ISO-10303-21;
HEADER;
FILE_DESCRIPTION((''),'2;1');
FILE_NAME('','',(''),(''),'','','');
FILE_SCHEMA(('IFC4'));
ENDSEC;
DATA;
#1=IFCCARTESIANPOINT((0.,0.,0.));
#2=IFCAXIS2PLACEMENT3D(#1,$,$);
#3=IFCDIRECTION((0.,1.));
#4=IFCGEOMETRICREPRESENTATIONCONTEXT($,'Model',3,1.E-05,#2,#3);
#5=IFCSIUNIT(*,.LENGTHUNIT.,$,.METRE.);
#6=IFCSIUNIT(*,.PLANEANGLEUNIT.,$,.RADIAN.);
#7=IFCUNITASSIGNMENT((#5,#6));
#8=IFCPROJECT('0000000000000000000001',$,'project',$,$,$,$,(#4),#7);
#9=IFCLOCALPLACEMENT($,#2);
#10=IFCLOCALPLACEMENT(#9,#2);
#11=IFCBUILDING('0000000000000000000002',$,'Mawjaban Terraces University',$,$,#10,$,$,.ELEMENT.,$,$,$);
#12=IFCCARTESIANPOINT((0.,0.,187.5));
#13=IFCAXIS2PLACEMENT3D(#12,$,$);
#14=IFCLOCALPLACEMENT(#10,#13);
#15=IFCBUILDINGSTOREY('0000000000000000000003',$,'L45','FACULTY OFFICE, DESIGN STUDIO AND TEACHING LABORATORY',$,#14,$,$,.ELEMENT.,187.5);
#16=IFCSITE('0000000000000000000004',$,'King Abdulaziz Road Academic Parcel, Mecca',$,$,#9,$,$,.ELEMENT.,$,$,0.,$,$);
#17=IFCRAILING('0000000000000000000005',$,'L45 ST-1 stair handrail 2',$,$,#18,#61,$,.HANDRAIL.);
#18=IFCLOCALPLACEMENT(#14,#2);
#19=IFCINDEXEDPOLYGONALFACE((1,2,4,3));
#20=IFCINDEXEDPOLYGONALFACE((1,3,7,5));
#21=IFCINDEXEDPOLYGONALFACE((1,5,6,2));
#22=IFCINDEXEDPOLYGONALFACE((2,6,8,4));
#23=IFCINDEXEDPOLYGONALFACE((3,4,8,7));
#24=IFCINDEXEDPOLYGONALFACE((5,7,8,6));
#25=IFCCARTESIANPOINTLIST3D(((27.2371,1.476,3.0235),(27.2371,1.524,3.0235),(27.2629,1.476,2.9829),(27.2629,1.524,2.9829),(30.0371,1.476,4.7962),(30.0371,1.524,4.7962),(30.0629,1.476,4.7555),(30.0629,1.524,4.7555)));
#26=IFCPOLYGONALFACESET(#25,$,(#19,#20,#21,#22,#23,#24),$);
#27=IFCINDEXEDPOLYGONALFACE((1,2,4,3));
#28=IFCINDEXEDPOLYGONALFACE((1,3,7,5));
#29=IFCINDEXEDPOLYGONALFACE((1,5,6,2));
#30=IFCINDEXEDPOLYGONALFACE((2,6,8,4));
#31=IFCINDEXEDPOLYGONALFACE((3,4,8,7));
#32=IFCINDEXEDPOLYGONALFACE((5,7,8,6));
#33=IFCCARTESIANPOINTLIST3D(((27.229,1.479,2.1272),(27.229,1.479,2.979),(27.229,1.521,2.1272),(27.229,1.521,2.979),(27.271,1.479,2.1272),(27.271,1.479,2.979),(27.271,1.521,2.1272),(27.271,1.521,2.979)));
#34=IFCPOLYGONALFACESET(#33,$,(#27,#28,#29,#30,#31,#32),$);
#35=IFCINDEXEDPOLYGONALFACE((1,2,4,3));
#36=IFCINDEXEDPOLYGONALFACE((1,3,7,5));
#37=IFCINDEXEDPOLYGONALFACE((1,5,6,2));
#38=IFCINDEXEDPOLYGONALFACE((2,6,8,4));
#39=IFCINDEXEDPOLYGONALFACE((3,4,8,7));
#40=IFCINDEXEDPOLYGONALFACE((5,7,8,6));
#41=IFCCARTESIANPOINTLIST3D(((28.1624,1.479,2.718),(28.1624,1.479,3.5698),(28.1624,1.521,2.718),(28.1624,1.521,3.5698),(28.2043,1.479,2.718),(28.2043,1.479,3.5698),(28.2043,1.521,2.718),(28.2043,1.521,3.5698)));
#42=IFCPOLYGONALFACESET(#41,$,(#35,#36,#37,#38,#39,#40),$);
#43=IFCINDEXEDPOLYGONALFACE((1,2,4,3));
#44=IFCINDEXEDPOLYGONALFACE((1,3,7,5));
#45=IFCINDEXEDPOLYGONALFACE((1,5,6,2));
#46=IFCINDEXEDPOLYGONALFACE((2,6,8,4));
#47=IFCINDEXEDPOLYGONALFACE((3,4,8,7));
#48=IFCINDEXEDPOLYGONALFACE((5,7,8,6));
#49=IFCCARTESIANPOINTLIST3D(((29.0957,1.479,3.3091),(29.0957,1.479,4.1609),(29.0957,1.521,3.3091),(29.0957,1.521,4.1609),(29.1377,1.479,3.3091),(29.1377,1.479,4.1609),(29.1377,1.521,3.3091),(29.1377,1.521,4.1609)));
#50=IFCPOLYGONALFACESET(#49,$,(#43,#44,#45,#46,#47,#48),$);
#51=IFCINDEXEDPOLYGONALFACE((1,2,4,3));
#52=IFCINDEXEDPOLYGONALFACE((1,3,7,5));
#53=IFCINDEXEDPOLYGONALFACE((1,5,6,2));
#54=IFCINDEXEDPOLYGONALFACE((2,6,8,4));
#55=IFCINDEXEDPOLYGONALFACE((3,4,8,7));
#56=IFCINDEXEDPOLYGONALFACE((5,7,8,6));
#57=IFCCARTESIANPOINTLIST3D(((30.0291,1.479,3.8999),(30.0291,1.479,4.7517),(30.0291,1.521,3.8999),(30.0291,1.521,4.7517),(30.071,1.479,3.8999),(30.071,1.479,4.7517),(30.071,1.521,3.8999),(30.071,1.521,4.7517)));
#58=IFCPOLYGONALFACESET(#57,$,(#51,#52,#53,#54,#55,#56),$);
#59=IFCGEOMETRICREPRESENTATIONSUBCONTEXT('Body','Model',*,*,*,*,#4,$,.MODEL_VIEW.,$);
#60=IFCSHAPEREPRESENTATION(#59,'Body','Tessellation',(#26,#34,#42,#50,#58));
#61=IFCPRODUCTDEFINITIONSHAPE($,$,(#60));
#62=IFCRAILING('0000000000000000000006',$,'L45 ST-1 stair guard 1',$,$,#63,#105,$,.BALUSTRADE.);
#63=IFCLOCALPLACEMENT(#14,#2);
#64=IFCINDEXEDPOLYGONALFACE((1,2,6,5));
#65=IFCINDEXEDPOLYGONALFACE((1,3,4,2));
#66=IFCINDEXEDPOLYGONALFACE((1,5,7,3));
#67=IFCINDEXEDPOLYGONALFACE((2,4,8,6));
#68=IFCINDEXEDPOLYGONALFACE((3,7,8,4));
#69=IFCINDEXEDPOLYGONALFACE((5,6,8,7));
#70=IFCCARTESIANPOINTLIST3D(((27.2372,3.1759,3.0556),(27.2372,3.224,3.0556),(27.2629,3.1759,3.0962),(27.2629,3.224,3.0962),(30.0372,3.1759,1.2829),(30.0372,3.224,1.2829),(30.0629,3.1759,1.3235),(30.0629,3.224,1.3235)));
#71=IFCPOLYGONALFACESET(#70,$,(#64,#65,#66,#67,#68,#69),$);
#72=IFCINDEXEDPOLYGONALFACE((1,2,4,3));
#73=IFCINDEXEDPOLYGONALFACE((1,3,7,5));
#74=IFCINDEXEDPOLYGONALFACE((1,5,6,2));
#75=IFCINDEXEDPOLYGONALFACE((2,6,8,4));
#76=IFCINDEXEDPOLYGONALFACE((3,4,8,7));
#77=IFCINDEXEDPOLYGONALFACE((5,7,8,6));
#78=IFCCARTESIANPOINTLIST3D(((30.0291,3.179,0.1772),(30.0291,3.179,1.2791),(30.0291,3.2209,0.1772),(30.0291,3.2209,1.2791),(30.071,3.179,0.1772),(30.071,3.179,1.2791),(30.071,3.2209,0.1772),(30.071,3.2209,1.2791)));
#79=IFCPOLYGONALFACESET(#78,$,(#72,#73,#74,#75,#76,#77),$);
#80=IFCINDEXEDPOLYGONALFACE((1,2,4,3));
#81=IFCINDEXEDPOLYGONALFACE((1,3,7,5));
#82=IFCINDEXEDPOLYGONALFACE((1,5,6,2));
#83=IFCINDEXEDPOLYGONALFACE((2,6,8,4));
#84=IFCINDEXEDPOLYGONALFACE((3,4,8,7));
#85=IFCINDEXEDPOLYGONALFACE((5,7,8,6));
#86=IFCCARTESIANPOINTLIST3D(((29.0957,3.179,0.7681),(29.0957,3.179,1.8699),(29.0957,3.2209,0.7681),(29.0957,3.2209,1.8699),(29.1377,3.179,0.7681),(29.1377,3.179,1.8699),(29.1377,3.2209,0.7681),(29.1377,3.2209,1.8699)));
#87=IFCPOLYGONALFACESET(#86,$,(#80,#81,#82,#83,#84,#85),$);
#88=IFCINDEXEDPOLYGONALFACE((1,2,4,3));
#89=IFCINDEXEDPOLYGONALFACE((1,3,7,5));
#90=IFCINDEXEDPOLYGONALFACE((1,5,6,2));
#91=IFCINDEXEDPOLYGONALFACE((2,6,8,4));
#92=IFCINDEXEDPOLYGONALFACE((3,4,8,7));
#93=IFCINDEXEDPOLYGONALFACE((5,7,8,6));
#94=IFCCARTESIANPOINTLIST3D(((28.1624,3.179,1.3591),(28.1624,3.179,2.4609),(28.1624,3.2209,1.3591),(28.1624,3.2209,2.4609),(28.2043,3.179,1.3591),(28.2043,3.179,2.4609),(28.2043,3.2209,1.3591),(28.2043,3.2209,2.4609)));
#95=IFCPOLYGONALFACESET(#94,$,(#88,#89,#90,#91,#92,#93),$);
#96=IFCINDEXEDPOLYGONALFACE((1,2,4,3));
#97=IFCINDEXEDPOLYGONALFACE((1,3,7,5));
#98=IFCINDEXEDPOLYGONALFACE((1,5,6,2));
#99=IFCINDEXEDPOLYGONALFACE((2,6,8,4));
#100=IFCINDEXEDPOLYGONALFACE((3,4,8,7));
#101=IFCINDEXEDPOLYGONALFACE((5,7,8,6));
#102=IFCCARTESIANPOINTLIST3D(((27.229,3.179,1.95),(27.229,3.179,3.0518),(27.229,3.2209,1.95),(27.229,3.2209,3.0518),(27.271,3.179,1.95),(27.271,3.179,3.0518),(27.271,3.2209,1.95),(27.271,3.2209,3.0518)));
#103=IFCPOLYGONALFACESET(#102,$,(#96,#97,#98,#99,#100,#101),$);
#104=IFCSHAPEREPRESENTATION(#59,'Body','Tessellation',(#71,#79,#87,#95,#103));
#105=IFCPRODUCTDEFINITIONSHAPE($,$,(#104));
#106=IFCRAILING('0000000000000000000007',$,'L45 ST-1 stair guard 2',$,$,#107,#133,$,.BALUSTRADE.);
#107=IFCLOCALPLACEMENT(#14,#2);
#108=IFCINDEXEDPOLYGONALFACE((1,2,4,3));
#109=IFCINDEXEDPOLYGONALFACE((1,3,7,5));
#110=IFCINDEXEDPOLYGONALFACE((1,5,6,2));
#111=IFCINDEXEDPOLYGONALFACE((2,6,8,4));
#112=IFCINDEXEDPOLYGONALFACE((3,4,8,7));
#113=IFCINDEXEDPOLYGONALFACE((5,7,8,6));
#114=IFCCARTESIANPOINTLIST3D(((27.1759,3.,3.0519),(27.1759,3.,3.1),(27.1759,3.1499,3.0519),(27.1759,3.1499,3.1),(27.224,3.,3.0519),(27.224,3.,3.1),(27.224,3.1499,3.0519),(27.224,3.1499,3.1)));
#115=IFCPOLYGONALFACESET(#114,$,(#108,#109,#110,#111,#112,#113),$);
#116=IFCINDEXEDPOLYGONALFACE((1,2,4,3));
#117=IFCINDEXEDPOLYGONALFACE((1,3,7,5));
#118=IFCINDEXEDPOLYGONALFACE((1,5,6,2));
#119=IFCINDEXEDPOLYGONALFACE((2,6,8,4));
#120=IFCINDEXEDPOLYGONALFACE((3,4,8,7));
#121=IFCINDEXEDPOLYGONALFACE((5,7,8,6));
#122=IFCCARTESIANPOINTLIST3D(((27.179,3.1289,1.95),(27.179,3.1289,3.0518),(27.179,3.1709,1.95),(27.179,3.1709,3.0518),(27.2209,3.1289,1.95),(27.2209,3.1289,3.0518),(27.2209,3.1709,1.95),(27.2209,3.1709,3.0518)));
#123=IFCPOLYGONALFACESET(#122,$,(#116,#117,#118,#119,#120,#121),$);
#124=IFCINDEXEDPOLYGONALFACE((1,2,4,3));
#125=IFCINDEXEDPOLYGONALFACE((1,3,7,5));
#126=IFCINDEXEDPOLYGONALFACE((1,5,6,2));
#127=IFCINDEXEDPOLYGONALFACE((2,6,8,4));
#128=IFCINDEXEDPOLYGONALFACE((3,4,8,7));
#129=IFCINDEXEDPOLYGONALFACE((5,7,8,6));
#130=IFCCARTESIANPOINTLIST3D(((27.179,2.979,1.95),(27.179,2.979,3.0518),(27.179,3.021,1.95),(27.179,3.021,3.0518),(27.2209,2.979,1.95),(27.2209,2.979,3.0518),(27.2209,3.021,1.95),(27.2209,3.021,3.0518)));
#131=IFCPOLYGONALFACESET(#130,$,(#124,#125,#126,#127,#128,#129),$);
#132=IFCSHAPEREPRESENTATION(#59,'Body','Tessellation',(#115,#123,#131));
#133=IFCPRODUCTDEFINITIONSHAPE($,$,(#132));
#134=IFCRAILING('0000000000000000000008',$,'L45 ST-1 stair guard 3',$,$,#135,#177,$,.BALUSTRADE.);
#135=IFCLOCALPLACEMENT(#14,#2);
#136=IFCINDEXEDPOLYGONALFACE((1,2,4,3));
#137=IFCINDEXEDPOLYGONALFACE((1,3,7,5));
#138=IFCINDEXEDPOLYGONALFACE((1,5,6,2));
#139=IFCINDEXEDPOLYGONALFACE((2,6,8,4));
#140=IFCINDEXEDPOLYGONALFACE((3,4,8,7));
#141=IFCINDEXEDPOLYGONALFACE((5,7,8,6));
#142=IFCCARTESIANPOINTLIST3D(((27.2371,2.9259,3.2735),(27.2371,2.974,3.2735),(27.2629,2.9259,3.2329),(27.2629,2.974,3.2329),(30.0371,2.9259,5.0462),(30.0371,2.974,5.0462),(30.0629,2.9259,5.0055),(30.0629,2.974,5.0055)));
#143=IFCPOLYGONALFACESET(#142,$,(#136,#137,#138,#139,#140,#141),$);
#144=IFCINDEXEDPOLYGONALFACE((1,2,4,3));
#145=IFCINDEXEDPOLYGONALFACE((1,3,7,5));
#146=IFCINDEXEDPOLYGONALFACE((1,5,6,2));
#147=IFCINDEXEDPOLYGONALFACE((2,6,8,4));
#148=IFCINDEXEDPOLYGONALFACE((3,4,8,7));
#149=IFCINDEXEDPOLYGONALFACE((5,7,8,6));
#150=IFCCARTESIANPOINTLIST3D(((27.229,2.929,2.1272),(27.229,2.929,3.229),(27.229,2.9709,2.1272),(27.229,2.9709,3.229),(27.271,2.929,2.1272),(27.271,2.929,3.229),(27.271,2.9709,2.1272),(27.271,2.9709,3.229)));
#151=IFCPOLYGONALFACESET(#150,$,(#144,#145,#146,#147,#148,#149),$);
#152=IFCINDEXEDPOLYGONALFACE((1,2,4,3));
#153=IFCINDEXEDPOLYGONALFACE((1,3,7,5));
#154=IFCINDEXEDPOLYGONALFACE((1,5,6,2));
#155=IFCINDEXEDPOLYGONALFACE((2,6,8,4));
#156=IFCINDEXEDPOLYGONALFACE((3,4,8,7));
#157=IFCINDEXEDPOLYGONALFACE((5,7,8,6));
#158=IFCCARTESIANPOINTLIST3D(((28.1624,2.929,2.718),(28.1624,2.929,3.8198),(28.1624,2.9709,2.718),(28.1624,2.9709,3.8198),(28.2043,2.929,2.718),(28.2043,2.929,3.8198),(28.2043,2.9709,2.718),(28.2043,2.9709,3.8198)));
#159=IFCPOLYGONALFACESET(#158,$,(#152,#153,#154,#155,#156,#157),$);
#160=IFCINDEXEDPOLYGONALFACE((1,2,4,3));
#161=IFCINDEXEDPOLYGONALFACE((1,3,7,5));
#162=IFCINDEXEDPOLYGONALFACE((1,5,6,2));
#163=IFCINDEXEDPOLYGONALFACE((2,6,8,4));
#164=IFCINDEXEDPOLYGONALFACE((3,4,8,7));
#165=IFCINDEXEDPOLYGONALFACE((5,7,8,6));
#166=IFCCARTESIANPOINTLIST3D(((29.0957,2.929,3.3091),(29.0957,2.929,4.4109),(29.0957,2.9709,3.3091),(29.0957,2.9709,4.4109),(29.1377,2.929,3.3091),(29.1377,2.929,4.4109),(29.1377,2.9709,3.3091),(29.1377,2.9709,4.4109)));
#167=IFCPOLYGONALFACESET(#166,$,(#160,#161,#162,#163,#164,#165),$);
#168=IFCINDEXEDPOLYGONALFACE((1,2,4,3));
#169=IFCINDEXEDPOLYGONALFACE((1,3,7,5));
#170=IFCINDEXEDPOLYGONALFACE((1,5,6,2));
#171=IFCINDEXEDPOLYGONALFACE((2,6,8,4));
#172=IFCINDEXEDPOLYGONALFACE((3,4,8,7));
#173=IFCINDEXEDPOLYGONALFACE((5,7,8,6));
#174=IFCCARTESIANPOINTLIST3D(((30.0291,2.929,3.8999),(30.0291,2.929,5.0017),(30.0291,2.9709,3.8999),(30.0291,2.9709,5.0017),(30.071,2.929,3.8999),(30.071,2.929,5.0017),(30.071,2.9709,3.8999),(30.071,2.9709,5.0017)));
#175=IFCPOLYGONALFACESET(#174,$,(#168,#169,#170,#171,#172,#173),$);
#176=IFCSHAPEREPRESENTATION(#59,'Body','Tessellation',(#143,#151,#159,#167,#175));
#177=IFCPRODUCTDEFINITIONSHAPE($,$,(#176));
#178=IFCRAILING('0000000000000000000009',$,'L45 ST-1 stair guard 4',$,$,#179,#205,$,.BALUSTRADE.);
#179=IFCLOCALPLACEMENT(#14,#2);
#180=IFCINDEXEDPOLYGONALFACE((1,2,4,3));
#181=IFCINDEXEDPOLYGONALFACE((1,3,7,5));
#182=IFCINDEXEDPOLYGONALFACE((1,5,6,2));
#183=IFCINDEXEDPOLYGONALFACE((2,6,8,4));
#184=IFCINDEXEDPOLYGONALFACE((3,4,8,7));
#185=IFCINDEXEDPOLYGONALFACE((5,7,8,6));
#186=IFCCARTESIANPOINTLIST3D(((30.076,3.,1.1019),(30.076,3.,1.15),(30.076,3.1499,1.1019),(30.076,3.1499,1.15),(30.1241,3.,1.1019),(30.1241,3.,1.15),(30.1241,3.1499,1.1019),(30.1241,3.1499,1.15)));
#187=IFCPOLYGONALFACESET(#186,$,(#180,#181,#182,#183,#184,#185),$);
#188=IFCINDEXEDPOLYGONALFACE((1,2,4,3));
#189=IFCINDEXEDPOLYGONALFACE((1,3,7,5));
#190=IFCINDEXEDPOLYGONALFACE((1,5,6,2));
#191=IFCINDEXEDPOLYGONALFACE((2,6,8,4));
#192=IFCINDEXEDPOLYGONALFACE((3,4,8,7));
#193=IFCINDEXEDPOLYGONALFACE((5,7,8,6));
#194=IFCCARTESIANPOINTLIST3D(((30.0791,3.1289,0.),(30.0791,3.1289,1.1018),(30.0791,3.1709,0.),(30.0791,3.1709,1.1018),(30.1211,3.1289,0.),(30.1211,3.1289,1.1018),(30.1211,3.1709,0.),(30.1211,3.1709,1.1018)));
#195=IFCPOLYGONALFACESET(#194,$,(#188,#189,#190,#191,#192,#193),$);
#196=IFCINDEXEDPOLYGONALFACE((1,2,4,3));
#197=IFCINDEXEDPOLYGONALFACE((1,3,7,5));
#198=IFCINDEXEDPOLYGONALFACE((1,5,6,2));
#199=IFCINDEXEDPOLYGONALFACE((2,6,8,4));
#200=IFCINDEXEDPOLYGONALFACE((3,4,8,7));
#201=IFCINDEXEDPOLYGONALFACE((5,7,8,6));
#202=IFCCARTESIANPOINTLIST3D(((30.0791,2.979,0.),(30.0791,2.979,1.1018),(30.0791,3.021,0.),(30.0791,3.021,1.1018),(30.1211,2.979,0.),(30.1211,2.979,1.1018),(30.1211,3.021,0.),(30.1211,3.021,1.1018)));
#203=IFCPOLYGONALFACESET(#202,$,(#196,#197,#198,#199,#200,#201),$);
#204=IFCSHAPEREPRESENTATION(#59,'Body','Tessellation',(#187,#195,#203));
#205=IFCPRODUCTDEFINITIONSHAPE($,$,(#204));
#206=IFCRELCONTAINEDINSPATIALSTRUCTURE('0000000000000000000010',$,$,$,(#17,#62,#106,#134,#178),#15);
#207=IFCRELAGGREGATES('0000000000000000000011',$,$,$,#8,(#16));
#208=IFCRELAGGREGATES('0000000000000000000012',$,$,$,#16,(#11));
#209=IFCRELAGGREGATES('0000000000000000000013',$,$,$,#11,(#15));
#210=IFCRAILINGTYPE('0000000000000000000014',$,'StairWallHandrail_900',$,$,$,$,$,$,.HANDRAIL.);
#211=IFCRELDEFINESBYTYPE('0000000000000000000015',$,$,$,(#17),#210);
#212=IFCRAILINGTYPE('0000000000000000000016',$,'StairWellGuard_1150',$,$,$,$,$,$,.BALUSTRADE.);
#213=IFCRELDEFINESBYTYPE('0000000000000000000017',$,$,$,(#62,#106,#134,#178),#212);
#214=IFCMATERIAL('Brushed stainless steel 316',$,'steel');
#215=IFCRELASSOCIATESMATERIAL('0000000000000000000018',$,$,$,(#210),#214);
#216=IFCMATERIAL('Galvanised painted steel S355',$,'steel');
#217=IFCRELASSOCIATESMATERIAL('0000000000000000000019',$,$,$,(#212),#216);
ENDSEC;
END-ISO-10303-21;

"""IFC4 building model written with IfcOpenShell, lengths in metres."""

from ifc_helpers import new_model, si_unit, direction, frame, origin, origin_2d, place, context, subcontext, project, spatial, rectangle, extrude, material, type_object, element, save


model = new_model("IFC4")

# Units and contexts
model_context = context("Model", 3, precision=1e-05, world=origin(), true_north=direction((0.0, 1.0)))
body_context = subcontext(model_context, "Body", "Model", "MODEL_VIEW")
ifc_project = project(units=[si_unit("LENGTHUNIT", "METRE"), si_unit("PLANEANGLEUNIT", "RADIAN")], contexts=[model_context])

# Site, building, storey
site_placement = place(None, origin())
site = spatial("IfcSite", under=ifc_project, at=site_placement, Name="King Abdulaziz Road Academic Parcel, Mecca", CompositionType="ELEMENT", RefElevation=0.0)
building_placement = place(site_placement, origin())
building = spatial("IfcBuilding", under=site, at=building_placement, Name="Mawjaban Terraces University", CompositionType="ELEMENT")
storey_placement = place(building_placement, frame((0.0, 0.0, 187.5)))
storey = spatial("IfcBuildingStorey", under=building, at=storey_placement, Name="L45", Description="FACULTY OFFICE, DESIGN STUDIO AND TEACHING LABORATORY", CompositionType="ELEMENT", Elevation=187.5)

# Railings
ifc_material_1 = material(Name="Brushed stainless steel 316", Category="steel")
railing_type_1 = type_object("IfcRailingType", Name="StairWallHandrail_900", PredefinedType="HANDRAIL", material=ifc_material_1)
railing_1_placement = place(storey_placement, frame((27.25, 1.5, 2.1272)))
element("IfcRailing", 1, at=railing_1_placement, inside=storey, type_object=railing_type_1, Name="L45 ST-1 stair handrail 2", PredefinedType="HANDRAIL", context=body_context, shape_type="SweptSolid", body=[
    extrude(rectangle(XDim=0.0481, YDim=0.0481, at=origin_2d()), frame((0.0, 0.0, 0.876), z_axis=(0.844909, 0.0, 0.53491), x_axis=(0.0, 1.0, 0.0)), (0.0, 0.0, 1.0), 3.314),
    extrude(rectangle(XDim=0.042, YDim=0.042, at=origin_2d()), origin(), (0.0, 0.0, 1.0), 0.8518),
    extrude(rectangle(XDim=0.042, YDim=0.042, at=origin_2d()), frame((0.9333, 0.0, 0.5908)), (0.0, 0.0, 1.0), 0.8518),
    extrude(rectangle(XDim=0.042, YDim=0.042, at=origin_2d()), frame((1.8667, 0.0, 1.1819)), (0.0, 0.0, 1.0), 0.8518),
    extrude(rectangle(XDim=0.042, YDim=0.042, at=origin_2d()), frame((2.8, 0.0, 1.7727)), (0.0, 0.0, 1.0), 0.8518),
])
ifc_material_2 = material(Name="Galvanised painted steel S355", Category="steel")
railing_type_2 = type_object("IfcRailingType", Name="StairWellGuard_1150", PredefinedType="BALUSTRADE", material=ifc_material_2)
railing_2_placement = place(storey_placement, frame((30.05, 3.2, 0.1772)))
element("IfcRailing", 2, at=railing_2_placement, inside=storey, type_object=railing_type_2, Name="L45 ST-1 stair guard 1", PredefinedType="BALUSTRADE", context=body_context, shape_type="SweptSolid", body=[
    extrude(rectangle(XDim=0.0481, YDim=0.0481, at=origin_2d()), frame((0.0, 0.0, 1.126), z_axis=(-0.844909, 0.0, 0.53491), x_axis=(0.0, -1.0, 0.0)), (0.0, 0.0, 1.0), 3.314),
    extrude(rectangle(XDim=0.042, YDim=0.042, at=origin_2d()), origin(), (0.0, 0.0, 1.0), 1.1018),
    extrude(rectangle(XDim=0.042, YDim=0.042, at=origin_2d()), frame((-0.9333, 0.0, 0.5908)), (0.0, 0.0, 1.0), 1.1018),
    extrude(rectangle(XDim=0.042, YDim=0.042, at=origin_2d()), frame((-1.8667, 0.0, 1.1819)), (0.0, 0.0, 1.0), 1.1018),
    extrude(rectangle(XDim=0.042, YDim=0.042, at=origin_2d()), frame((-2.8, 0.0, 1.7727)), (0.0, 0.0, 1.0), 1.1018),
])
railing_3_placement = place(storey_placement, frame((27.2, 3.1499, 1.95)))
element("IfcRailing", 3, at=railing_3_placement, inside=storey, type_object=railing_type_2, Name="L45 ST-1 stair guard 2", PredefinedType="BALUSTRADE", context=body_context, shape_type="SweptSolid", body=[
    extrude(rectangle(XDim=0.0481, YDim=0.0481, at=origin_2d()), frame((0.0, 0.0, 1.126), z_axis=(0.0, -1.0, 0.0), x_axis=(1.0, 0.0, 0.0)), (0.0, 0.0, 1.0), 0.1499),
    extrude(rectangle(XDim=0.042, YDim=0.042, at=origin_2d()), origin(), (0.0, 0.0, 1.0), 1.1018),
    extrude(rectangle(XDim=0.042, YDim=0.042, at=origin_2d()), frame((0.0, -0.1499, 0.0)), (0.0, 0.0, 1.0), 1.1018),
])
railing_4_placement = place(storey_placement, frame((27.25, 2.95, 2.1272)))
element("IfcRailing", 4, at=railing_4_placement, inside=storey, type_object=railing_type_2, Name="L45 ST-1 stair guard 3", PredefinedType="BALUSTRADE", context=body_context, shape_type="SweptSolid", body=[
    extrude(rectangle(XDim=0.0481, YDim=0.0481, at=origin_2d()), frame((0.0, 0.0, 1.126), z_axis=(0.844909, 0.0, 0.53491), x_axis=(0.0, 1.0, 0.0)), (0.0, 0.0, 1.0), 3.314),
    extrude(rectangle(XDim=0.042, YDim=0.042, at=origin_2d()), origin(), (0.0, 0.0, 1.0), 1.1018),
    extrude(rectangle(XDim=0.042, YDim=0.042, at=origin_2d()), frame((0.9333, 0.0, 0.5908)), (0.0, 0.0, 1.0), 1.1018),
    extrude(rectangle(XDim=0.042, YDim=0.042, at=origin_2d()), frame((1.8667, 0.0, 1.1819)), (0.0, 0.0, 1.0), 1.1018),
    extrude(rectangle(XDim=0.042, YDim=0.042, at=origin_2d()), frame((2.8, 0.0, 1.7727)), (0.0, 0.0, 1.0), 1.1018),
])
railing_5_placement = place(storey_placement, frame((30.1001, 3.1499, 0.0)))
element("IfcRailing", 5, at=railing_5_placement, inside=storey, type_object=railing_type_2, Name="L45 ST-1 stair guard 4", PredefinedType="BALUSTRADE", context=body_context, shape_type="SweptSolid", body=[
    extrude(rectangle(XDim=0.0481, YDim=0.0481, at=origin_2d()), frame((0.0, 0.0, 1.126), z_axis=(0.0, -1.0, 0.0), x_axis=(1.0, 0.0, 0.0)), (0.0, 0.0, 1.0), 0.1499),
    extrude(rectangle(XDim=0.042, YDim=0.042, at=origin_2d()), origin(), (0.0, 0.0, 1.0), 1.1018),
    extrude(rectangle(XDim=0.042, YDim=0.042, at=origin_2d()), frame((0.0, -0.1499, 0.0)), (0.0, 0.0, 1.0), 1.1018),
])

save(model, "model.ifc")
